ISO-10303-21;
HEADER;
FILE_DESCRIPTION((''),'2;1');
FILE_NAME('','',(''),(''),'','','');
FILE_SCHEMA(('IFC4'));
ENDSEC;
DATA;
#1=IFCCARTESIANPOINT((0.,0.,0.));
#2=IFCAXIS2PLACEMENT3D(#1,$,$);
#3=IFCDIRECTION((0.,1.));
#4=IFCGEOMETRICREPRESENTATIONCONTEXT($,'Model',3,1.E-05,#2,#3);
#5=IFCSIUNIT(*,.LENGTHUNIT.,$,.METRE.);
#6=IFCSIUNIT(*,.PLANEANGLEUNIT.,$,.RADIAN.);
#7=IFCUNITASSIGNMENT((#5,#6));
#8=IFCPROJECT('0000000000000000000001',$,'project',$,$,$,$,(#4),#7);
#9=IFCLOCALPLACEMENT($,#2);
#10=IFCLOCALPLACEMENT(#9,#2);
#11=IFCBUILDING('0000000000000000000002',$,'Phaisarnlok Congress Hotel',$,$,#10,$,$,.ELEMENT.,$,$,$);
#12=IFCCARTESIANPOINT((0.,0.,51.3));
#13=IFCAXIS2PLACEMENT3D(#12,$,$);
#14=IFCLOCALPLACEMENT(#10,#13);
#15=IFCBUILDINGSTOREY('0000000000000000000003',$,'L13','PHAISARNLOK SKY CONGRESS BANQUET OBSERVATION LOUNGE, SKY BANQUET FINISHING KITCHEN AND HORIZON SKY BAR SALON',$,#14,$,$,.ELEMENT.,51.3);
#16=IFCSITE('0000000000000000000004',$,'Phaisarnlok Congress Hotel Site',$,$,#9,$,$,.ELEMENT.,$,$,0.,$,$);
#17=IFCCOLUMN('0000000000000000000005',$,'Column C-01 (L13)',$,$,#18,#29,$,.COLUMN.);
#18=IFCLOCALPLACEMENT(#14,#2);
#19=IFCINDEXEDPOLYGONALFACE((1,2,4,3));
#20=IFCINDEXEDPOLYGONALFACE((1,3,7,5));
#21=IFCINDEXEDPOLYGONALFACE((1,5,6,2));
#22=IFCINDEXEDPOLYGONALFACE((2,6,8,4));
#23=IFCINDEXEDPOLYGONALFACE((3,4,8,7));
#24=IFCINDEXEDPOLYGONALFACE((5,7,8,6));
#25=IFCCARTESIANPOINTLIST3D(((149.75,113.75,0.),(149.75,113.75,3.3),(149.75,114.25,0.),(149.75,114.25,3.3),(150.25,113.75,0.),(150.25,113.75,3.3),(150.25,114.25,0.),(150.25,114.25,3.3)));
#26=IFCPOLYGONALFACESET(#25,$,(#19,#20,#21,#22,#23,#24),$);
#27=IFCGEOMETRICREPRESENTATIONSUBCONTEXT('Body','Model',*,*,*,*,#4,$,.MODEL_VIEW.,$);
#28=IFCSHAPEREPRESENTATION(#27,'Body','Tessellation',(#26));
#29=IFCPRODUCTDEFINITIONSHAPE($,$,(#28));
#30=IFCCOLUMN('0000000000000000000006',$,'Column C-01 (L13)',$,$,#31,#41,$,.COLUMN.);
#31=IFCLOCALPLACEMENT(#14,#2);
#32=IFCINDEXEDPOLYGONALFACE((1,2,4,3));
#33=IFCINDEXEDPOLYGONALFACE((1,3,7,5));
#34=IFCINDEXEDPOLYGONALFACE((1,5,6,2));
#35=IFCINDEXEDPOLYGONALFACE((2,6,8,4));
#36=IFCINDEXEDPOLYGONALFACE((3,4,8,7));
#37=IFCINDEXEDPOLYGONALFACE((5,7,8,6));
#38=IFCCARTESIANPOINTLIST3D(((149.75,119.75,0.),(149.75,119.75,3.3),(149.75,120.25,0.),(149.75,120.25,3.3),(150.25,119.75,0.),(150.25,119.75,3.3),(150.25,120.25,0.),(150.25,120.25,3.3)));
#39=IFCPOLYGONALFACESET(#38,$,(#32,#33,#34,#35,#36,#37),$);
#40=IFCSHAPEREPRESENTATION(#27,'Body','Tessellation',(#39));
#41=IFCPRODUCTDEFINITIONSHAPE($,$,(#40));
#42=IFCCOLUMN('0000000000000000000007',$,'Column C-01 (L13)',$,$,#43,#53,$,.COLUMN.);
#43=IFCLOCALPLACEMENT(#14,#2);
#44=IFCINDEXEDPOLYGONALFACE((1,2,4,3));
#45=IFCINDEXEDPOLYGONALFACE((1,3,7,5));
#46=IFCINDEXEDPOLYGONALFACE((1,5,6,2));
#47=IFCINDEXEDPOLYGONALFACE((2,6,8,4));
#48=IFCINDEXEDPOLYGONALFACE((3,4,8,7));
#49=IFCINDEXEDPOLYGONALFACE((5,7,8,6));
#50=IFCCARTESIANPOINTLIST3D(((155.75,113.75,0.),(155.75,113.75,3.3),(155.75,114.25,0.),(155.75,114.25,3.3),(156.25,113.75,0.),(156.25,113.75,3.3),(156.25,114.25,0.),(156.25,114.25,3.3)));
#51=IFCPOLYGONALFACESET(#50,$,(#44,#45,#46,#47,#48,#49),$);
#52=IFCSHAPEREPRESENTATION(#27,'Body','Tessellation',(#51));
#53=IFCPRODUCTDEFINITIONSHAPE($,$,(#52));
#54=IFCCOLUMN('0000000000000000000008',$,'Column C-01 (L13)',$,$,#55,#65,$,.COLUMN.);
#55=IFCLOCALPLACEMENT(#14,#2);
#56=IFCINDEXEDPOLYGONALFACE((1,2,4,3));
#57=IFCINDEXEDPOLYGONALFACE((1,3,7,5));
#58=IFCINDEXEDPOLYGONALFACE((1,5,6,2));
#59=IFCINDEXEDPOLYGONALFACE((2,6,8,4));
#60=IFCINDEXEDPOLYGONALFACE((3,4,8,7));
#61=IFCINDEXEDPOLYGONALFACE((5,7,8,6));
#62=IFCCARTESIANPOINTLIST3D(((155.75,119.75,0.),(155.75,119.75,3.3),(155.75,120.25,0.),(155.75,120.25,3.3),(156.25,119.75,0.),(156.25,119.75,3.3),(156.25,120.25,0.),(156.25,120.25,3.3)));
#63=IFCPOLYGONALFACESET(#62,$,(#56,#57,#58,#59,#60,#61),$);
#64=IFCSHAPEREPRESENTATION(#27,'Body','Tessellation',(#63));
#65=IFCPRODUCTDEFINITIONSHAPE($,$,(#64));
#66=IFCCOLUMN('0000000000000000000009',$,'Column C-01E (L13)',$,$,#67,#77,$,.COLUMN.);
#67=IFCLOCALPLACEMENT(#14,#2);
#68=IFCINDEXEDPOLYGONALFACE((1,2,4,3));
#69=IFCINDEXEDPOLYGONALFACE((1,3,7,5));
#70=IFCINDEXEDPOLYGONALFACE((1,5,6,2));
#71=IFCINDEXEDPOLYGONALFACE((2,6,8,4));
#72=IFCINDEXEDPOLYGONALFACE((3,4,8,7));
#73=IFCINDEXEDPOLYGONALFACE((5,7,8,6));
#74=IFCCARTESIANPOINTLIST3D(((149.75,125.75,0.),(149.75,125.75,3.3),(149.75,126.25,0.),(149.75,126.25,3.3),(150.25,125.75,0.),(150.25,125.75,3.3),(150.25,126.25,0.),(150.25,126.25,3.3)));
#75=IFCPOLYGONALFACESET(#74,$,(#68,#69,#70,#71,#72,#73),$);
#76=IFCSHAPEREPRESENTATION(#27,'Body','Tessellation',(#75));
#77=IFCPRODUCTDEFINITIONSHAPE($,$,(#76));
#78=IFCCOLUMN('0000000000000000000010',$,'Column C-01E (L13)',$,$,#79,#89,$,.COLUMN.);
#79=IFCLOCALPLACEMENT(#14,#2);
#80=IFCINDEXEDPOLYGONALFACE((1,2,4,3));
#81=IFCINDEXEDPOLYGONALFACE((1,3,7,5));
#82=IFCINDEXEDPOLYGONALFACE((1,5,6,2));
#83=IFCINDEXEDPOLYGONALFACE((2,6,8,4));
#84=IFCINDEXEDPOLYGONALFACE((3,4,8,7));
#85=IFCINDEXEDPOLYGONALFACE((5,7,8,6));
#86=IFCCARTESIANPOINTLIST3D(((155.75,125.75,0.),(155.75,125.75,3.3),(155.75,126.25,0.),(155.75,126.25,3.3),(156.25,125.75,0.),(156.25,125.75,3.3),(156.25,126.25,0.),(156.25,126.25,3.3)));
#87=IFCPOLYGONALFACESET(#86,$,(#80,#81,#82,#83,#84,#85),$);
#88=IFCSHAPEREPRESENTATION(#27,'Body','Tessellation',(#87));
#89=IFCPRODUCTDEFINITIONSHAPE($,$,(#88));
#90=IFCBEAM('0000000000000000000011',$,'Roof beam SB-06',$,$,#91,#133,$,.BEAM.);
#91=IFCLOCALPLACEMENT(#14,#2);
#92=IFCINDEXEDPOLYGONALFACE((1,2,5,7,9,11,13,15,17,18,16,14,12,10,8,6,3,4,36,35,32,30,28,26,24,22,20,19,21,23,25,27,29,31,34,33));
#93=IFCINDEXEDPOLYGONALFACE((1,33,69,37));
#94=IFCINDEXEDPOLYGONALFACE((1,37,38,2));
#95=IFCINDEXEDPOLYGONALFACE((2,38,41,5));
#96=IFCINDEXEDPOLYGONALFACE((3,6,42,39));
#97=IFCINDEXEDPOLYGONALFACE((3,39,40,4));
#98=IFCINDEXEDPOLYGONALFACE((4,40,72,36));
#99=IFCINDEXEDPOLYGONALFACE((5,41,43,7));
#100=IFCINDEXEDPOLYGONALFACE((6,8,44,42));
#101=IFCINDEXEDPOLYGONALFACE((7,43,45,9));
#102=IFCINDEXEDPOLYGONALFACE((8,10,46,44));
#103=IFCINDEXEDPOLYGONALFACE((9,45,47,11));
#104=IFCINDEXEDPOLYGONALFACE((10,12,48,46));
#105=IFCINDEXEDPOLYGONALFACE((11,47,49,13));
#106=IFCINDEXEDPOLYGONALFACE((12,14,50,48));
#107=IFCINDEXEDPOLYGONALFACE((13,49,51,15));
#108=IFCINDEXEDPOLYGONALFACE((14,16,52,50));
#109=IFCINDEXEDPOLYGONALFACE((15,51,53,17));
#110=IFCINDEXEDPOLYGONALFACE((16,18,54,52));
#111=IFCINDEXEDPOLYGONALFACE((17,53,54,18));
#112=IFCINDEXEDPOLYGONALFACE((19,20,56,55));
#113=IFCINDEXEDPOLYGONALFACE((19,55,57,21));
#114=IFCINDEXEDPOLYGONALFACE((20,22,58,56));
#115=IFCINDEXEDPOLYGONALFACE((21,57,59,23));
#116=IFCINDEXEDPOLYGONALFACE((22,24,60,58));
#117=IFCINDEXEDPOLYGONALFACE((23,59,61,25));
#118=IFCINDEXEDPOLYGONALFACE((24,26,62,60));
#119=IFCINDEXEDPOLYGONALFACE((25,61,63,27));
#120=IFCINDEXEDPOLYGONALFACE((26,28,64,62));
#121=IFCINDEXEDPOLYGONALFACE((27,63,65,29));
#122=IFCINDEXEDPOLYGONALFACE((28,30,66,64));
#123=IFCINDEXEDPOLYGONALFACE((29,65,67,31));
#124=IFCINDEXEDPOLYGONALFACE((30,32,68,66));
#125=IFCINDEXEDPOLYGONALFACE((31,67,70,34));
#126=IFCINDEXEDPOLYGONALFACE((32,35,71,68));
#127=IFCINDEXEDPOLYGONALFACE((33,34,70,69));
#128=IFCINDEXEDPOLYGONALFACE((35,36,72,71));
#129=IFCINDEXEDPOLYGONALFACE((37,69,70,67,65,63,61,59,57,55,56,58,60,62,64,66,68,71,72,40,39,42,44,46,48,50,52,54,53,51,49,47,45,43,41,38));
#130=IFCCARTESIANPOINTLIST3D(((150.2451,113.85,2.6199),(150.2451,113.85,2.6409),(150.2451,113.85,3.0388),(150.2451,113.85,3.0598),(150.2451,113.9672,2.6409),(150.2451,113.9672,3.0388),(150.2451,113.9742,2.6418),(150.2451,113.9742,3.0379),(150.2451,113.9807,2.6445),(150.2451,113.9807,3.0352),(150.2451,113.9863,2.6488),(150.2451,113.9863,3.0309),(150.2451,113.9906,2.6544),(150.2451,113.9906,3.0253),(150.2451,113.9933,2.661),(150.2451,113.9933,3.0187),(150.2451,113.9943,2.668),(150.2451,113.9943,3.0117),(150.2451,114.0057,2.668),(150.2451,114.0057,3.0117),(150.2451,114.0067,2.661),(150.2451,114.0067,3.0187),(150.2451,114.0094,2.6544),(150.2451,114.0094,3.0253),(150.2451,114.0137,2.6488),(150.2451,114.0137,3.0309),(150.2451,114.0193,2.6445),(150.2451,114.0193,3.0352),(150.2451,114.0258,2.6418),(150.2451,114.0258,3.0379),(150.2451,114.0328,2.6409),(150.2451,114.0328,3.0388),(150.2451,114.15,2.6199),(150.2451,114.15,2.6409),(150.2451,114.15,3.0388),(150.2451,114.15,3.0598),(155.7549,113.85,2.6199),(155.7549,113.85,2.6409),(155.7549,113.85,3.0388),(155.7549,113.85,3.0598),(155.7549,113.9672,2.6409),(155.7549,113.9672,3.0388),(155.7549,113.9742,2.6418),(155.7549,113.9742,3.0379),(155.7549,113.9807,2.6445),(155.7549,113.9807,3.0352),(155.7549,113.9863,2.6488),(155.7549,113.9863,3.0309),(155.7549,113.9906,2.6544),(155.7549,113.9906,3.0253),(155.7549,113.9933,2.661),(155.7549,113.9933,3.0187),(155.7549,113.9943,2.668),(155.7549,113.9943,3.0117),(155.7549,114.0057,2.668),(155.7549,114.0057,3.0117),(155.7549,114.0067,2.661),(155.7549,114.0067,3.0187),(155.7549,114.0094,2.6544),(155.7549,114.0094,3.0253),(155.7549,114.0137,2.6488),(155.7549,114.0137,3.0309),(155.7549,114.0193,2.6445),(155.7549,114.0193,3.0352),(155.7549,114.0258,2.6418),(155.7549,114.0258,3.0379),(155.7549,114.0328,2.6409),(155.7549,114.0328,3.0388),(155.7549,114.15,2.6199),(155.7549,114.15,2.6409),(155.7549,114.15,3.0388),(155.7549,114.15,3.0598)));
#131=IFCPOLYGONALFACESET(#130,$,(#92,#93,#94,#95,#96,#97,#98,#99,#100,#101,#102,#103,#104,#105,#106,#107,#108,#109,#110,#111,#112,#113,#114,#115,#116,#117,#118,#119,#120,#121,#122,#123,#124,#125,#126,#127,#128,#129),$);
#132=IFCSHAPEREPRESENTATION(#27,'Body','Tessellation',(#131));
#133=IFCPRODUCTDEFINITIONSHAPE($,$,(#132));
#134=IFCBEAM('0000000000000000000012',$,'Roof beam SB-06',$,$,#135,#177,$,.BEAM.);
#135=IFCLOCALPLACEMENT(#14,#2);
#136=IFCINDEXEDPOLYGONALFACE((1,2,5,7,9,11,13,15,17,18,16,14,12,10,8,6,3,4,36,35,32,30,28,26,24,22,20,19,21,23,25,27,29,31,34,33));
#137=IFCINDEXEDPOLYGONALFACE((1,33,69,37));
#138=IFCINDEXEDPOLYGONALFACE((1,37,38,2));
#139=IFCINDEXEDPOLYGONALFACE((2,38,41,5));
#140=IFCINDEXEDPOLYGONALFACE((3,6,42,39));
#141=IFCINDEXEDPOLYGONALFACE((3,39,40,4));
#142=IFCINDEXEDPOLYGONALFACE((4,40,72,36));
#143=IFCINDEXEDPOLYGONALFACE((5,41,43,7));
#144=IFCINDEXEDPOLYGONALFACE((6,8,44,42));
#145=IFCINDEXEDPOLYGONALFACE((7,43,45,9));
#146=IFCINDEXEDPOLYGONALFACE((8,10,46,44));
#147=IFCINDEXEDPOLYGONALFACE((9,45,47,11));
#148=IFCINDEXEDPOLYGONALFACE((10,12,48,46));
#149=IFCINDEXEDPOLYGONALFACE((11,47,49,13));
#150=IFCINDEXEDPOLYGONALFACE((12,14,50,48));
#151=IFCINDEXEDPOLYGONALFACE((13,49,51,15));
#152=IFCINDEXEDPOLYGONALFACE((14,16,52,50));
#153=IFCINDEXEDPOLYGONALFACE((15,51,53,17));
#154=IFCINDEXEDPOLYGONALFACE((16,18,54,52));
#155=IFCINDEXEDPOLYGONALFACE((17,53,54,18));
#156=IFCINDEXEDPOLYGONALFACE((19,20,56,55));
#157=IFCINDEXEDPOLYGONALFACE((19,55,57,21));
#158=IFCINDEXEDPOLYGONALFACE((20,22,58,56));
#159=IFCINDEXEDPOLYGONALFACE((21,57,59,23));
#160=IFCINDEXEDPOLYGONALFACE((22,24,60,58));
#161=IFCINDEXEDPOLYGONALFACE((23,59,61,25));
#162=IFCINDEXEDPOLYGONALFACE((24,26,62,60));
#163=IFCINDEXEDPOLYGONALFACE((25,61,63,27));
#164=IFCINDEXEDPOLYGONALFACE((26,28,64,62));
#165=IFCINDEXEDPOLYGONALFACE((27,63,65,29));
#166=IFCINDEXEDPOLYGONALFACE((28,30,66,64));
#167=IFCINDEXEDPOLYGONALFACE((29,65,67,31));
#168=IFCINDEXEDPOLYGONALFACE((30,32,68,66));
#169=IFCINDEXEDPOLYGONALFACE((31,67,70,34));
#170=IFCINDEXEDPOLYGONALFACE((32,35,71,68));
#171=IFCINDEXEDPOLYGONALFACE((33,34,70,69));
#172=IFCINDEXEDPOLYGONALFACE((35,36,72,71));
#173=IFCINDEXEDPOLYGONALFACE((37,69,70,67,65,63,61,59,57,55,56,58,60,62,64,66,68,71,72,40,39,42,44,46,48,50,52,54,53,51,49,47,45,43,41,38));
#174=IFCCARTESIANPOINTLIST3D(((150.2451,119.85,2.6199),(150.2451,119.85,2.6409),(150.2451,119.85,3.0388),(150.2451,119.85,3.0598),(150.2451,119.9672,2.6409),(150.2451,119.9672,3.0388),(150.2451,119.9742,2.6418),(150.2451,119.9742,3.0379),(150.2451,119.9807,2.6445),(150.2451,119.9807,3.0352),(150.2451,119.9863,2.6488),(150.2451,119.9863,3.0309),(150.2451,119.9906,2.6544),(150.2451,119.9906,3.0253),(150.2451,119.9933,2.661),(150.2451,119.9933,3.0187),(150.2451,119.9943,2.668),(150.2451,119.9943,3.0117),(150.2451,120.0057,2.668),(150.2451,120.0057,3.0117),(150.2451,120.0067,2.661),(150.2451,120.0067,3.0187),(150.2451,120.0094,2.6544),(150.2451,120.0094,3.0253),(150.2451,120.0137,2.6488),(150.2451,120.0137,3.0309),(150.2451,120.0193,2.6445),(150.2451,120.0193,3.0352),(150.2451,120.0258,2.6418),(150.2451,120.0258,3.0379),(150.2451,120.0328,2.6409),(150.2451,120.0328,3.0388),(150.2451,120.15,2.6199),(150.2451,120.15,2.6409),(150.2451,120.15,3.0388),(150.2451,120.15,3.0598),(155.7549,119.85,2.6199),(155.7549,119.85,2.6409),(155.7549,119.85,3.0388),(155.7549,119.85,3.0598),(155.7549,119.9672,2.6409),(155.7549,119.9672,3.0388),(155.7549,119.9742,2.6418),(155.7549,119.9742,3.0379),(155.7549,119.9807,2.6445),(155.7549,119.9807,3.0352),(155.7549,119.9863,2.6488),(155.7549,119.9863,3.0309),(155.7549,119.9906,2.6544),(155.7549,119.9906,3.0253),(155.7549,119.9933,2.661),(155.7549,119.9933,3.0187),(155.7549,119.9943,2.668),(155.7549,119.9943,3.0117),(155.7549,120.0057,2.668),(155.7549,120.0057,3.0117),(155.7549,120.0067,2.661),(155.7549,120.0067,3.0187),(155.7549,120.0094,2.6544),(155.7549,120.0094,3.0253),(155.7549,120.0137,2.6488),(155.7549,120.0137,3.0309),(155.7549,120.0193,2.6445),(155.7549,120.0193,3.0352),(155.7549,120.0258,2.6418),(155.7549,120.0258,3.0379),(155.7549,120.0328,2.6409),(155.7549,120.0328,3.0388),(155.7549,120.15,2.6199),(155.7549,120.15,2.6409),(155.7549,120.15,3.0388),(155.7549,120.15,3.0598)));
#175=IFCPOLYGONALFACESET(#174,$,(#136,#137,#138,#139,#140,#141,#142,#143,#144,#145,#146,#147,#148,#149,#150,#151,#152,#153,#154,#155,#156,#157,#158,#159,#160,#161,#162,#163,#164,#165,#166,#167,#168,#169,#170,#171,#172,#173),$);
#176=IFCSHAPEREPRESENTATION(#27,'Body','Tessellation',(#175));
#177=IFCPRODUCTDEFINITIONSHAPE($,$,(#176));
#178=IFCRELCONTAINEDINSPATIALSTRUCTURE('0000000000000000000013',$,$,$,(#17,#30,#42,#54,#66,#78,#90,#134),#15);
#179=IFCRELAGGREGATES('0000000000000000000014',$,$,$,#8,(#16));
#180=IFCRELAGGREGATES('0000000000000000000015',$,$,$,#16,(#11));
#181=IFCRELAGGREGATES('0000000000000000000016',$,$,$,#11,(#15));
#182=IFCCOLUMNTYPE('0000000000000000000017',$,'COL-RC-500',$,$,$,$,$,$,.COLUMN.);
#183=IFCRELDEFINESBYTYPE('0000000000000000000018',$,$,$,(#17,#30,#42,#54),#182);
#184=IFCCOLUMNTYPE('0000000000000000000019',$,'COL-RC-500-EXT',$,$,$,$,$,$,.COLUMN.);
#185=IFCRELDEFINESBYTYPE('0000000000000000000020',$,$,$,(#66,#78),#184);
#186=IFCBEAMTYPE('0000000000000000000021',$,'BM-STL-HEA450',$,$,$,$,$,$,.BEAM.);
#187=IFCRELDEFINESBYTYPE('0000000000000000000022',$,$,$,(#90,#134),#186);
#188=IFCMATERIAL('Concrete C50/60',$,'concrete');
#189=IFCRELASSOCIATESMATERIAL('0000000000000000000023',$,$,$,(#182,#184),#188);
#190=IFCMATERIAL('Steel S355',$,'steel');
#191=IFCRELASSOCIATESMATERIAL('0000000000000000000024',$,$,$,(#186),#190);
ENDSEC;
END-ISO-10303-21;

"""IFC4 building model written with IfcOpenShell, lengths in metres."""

from ifc_helpers import new_model, si_unit, direction, frame, origin, origin_2d, place, context, subcontext, project, spatial, rectangle, i_section, extrude, material, material_profile, profile_set, type_object, element, save


model = new_model("IFC4")

# Units and contexts
model_context = context("Model", 3, precision=1e-05, world=origin(), true_north=direction((0.0, 1.0)))
body_context = subcontext(model_context, "Body", "Model", "MODEL_VIEW")
ifc_project = project(units=[si_unit("LENGTHUNIT", "METRE"), si_unit("PLANEANGLEUNIT", "RADIAN")], contexts=[model_context])

# Site, building, storey
site_placement = place(None, origin())
site = spatial("IfcSite", under=ifc_project, at=site_placement, Name="Phaisarnlok Congress Hotel Site", CompositionType="ELEMENT", RefElevation=0.0)
building_placement = place(site_placement, origin())
building = spatial("IfcBuilding", under=site, at=building_placement, Name="Phaisarnlok Congress Hotel", CompositionType="ELEMENT")
storey_placement = place(building_placement, frame((0.0, 0.0, 51.3)))
storey = spatial("IfcBuildingStorey", under=building, at=storey_placement, Name="L13", Description="PHAISARNLOK SKY CONGRESS BANQUET OBSERVATION LOUNGE, SKY BANQUET FINISHING KITCHEN AND HORIZON SKY BAR SALON", CompositionType="ELEMENT", Elevation=51.3)

# Columns
ifc_material_1 = material(Name="Concrete C50/60", Category="concrete")
ifc_material_profile_1 = material_profile(ifc_material_1, rectangle(XDim=0.5, YDim=0.5, at=origin_2d()), Name="RC 500x500")
ifc_profile_set_1 = profile_set([ifc_material_profile_1], Name="Concrete C50/60")
column_type_1 = type_object("IfcColumnType", Name="COL-RC-500", PredefinedType="COLUMN", material=ifc_profile_set_1)
for number, where, z_axis, x_axis, name in (
    (1, (150.0, 114.0, 0.0), (0.0, 0.0, 1.0), (1.0, 0.0, 0.0), "Column C-01 (L13)"),
    (2, (150.0, 120.0, 0.0), (0.0, 0.0, 1.0), (1.0, 0.0, 0.0), "Column C-01 (L13)"),
    (3, (156.0, 114.0, 0.0), (0.0, 0.0, 1.0), (1.0, 0.0, 0.0), "Column C-01 (L13)"),
    (4, (156.0, 120.0, 0.0), (0.0, 0.0, 1.0), (1.0, 0.0, 0.0), "Column C-01 (L13)"),
):
    element("IfcColumn", number, at=place(storey_placement, frame(where, z_axis=z_axis, x_axis=x_axis)), inside=storey, type_object=column_type_1, Name=name, PredefinedType="COLUMN", context=body_context, shape_type="SweptSolid", body=[
        extrude(rectangle(XDim=0.5, YDim=0.5, at=origin_2d()), origin(), (0.0, 0.0, 1.0), 3.3),
    ])
ifc_material_profile_2 = material_profile(ifc_material_1, rectangle(XDim=0.5, YDim=0.5, at=origin_2d()), Name="RC 500x500")
ifc_profile_set_2 = profile_set([ifc_material_profile_2], Name="Concrete C50/60")
column_type_2 = type_object("IfcColumnType", Name="COL-RC-500-EXT", PredefinedType="COLUMN", material=ifc_profile_set_2)
for number, where, z_axis, x_axis, name in (
    (5, (150.0, 126.0, 0.0), (0.0, 0.0, 1.0), (1.0, 0.0, 0.0), "Column C-01E (L13)"),
    (6, (156.0, 126.0, 0.0), (0.0, 0.0, 1.0), (1.0, 0.0, 0.0), "Column C-01E (L13)"),
):
    element("IfcColumn", number, at=place(storey_placement, frame(where, z_axis=z_axis, x_axis=x_axis)), inside=storey, type_object=column_type_2, Name=name, PredefinedType="COLUMN", context=body_context, shape_type="SweptSolid", body=[
        extrude(rectangle(XDim=0.5, YDim=0.5, at=origin_2d()), origin(), (0.0, 0.0, 1.0), 3.3),
    ])

# Beams
ifc_material_2 = material(Name="Steel S355", Category="steel")
ifc_material_profile_3 = material_profile(ifc_material_2, i_section(OverallWidth=0.3, OverallDepth=0.4399, WebThickness=0.0115, FlangeThickness=0.021, FilletRadius=0.0271, at=origin_2d()), Name="HEA 450")
ifc_profile_set_3 = profile_set([ifc_material_profile_3], Name="Steel S355")
beam_type_1 = type_object("IfcBeamType", Name="BM-STL-HEA450", PredefinedType="BEAM", material=ifc_profile_set_3)
for number, where, z_axis, x_axis, name in (
    (7, (150.2451, 114.0, 2.8398), (1.0, 0.0, 0.0), (0.0, 1.0, 0.0), "Roof beam SB-06"),
    (8, (150.2451, 120.0, 2.8398), (1.0, 0.0, 0.0), (0.0, 1.0, 0.0), "Roof beam SB-06"),
):
    element("IfcBeam", number, at=place(storey_placement, frame(where, z_axis=z_axis, x_axis=x_axis)), inside=storey, type_object=beam_type_1, Name=name, PredefinedType="BEAM", context=body_context, shape_type="SweptSolid", body=[
        extrude(i_section(OverallWidth=0.3, OverallDepth=0.4399, WebThickness=0.0115, FlangeThickness=0.021, FilletRadius=0.0271, at=origin_2d()), origin(), (0.0, 0.0, 1.0), 5.5098),
    ])

save(model, "model.ifc")
